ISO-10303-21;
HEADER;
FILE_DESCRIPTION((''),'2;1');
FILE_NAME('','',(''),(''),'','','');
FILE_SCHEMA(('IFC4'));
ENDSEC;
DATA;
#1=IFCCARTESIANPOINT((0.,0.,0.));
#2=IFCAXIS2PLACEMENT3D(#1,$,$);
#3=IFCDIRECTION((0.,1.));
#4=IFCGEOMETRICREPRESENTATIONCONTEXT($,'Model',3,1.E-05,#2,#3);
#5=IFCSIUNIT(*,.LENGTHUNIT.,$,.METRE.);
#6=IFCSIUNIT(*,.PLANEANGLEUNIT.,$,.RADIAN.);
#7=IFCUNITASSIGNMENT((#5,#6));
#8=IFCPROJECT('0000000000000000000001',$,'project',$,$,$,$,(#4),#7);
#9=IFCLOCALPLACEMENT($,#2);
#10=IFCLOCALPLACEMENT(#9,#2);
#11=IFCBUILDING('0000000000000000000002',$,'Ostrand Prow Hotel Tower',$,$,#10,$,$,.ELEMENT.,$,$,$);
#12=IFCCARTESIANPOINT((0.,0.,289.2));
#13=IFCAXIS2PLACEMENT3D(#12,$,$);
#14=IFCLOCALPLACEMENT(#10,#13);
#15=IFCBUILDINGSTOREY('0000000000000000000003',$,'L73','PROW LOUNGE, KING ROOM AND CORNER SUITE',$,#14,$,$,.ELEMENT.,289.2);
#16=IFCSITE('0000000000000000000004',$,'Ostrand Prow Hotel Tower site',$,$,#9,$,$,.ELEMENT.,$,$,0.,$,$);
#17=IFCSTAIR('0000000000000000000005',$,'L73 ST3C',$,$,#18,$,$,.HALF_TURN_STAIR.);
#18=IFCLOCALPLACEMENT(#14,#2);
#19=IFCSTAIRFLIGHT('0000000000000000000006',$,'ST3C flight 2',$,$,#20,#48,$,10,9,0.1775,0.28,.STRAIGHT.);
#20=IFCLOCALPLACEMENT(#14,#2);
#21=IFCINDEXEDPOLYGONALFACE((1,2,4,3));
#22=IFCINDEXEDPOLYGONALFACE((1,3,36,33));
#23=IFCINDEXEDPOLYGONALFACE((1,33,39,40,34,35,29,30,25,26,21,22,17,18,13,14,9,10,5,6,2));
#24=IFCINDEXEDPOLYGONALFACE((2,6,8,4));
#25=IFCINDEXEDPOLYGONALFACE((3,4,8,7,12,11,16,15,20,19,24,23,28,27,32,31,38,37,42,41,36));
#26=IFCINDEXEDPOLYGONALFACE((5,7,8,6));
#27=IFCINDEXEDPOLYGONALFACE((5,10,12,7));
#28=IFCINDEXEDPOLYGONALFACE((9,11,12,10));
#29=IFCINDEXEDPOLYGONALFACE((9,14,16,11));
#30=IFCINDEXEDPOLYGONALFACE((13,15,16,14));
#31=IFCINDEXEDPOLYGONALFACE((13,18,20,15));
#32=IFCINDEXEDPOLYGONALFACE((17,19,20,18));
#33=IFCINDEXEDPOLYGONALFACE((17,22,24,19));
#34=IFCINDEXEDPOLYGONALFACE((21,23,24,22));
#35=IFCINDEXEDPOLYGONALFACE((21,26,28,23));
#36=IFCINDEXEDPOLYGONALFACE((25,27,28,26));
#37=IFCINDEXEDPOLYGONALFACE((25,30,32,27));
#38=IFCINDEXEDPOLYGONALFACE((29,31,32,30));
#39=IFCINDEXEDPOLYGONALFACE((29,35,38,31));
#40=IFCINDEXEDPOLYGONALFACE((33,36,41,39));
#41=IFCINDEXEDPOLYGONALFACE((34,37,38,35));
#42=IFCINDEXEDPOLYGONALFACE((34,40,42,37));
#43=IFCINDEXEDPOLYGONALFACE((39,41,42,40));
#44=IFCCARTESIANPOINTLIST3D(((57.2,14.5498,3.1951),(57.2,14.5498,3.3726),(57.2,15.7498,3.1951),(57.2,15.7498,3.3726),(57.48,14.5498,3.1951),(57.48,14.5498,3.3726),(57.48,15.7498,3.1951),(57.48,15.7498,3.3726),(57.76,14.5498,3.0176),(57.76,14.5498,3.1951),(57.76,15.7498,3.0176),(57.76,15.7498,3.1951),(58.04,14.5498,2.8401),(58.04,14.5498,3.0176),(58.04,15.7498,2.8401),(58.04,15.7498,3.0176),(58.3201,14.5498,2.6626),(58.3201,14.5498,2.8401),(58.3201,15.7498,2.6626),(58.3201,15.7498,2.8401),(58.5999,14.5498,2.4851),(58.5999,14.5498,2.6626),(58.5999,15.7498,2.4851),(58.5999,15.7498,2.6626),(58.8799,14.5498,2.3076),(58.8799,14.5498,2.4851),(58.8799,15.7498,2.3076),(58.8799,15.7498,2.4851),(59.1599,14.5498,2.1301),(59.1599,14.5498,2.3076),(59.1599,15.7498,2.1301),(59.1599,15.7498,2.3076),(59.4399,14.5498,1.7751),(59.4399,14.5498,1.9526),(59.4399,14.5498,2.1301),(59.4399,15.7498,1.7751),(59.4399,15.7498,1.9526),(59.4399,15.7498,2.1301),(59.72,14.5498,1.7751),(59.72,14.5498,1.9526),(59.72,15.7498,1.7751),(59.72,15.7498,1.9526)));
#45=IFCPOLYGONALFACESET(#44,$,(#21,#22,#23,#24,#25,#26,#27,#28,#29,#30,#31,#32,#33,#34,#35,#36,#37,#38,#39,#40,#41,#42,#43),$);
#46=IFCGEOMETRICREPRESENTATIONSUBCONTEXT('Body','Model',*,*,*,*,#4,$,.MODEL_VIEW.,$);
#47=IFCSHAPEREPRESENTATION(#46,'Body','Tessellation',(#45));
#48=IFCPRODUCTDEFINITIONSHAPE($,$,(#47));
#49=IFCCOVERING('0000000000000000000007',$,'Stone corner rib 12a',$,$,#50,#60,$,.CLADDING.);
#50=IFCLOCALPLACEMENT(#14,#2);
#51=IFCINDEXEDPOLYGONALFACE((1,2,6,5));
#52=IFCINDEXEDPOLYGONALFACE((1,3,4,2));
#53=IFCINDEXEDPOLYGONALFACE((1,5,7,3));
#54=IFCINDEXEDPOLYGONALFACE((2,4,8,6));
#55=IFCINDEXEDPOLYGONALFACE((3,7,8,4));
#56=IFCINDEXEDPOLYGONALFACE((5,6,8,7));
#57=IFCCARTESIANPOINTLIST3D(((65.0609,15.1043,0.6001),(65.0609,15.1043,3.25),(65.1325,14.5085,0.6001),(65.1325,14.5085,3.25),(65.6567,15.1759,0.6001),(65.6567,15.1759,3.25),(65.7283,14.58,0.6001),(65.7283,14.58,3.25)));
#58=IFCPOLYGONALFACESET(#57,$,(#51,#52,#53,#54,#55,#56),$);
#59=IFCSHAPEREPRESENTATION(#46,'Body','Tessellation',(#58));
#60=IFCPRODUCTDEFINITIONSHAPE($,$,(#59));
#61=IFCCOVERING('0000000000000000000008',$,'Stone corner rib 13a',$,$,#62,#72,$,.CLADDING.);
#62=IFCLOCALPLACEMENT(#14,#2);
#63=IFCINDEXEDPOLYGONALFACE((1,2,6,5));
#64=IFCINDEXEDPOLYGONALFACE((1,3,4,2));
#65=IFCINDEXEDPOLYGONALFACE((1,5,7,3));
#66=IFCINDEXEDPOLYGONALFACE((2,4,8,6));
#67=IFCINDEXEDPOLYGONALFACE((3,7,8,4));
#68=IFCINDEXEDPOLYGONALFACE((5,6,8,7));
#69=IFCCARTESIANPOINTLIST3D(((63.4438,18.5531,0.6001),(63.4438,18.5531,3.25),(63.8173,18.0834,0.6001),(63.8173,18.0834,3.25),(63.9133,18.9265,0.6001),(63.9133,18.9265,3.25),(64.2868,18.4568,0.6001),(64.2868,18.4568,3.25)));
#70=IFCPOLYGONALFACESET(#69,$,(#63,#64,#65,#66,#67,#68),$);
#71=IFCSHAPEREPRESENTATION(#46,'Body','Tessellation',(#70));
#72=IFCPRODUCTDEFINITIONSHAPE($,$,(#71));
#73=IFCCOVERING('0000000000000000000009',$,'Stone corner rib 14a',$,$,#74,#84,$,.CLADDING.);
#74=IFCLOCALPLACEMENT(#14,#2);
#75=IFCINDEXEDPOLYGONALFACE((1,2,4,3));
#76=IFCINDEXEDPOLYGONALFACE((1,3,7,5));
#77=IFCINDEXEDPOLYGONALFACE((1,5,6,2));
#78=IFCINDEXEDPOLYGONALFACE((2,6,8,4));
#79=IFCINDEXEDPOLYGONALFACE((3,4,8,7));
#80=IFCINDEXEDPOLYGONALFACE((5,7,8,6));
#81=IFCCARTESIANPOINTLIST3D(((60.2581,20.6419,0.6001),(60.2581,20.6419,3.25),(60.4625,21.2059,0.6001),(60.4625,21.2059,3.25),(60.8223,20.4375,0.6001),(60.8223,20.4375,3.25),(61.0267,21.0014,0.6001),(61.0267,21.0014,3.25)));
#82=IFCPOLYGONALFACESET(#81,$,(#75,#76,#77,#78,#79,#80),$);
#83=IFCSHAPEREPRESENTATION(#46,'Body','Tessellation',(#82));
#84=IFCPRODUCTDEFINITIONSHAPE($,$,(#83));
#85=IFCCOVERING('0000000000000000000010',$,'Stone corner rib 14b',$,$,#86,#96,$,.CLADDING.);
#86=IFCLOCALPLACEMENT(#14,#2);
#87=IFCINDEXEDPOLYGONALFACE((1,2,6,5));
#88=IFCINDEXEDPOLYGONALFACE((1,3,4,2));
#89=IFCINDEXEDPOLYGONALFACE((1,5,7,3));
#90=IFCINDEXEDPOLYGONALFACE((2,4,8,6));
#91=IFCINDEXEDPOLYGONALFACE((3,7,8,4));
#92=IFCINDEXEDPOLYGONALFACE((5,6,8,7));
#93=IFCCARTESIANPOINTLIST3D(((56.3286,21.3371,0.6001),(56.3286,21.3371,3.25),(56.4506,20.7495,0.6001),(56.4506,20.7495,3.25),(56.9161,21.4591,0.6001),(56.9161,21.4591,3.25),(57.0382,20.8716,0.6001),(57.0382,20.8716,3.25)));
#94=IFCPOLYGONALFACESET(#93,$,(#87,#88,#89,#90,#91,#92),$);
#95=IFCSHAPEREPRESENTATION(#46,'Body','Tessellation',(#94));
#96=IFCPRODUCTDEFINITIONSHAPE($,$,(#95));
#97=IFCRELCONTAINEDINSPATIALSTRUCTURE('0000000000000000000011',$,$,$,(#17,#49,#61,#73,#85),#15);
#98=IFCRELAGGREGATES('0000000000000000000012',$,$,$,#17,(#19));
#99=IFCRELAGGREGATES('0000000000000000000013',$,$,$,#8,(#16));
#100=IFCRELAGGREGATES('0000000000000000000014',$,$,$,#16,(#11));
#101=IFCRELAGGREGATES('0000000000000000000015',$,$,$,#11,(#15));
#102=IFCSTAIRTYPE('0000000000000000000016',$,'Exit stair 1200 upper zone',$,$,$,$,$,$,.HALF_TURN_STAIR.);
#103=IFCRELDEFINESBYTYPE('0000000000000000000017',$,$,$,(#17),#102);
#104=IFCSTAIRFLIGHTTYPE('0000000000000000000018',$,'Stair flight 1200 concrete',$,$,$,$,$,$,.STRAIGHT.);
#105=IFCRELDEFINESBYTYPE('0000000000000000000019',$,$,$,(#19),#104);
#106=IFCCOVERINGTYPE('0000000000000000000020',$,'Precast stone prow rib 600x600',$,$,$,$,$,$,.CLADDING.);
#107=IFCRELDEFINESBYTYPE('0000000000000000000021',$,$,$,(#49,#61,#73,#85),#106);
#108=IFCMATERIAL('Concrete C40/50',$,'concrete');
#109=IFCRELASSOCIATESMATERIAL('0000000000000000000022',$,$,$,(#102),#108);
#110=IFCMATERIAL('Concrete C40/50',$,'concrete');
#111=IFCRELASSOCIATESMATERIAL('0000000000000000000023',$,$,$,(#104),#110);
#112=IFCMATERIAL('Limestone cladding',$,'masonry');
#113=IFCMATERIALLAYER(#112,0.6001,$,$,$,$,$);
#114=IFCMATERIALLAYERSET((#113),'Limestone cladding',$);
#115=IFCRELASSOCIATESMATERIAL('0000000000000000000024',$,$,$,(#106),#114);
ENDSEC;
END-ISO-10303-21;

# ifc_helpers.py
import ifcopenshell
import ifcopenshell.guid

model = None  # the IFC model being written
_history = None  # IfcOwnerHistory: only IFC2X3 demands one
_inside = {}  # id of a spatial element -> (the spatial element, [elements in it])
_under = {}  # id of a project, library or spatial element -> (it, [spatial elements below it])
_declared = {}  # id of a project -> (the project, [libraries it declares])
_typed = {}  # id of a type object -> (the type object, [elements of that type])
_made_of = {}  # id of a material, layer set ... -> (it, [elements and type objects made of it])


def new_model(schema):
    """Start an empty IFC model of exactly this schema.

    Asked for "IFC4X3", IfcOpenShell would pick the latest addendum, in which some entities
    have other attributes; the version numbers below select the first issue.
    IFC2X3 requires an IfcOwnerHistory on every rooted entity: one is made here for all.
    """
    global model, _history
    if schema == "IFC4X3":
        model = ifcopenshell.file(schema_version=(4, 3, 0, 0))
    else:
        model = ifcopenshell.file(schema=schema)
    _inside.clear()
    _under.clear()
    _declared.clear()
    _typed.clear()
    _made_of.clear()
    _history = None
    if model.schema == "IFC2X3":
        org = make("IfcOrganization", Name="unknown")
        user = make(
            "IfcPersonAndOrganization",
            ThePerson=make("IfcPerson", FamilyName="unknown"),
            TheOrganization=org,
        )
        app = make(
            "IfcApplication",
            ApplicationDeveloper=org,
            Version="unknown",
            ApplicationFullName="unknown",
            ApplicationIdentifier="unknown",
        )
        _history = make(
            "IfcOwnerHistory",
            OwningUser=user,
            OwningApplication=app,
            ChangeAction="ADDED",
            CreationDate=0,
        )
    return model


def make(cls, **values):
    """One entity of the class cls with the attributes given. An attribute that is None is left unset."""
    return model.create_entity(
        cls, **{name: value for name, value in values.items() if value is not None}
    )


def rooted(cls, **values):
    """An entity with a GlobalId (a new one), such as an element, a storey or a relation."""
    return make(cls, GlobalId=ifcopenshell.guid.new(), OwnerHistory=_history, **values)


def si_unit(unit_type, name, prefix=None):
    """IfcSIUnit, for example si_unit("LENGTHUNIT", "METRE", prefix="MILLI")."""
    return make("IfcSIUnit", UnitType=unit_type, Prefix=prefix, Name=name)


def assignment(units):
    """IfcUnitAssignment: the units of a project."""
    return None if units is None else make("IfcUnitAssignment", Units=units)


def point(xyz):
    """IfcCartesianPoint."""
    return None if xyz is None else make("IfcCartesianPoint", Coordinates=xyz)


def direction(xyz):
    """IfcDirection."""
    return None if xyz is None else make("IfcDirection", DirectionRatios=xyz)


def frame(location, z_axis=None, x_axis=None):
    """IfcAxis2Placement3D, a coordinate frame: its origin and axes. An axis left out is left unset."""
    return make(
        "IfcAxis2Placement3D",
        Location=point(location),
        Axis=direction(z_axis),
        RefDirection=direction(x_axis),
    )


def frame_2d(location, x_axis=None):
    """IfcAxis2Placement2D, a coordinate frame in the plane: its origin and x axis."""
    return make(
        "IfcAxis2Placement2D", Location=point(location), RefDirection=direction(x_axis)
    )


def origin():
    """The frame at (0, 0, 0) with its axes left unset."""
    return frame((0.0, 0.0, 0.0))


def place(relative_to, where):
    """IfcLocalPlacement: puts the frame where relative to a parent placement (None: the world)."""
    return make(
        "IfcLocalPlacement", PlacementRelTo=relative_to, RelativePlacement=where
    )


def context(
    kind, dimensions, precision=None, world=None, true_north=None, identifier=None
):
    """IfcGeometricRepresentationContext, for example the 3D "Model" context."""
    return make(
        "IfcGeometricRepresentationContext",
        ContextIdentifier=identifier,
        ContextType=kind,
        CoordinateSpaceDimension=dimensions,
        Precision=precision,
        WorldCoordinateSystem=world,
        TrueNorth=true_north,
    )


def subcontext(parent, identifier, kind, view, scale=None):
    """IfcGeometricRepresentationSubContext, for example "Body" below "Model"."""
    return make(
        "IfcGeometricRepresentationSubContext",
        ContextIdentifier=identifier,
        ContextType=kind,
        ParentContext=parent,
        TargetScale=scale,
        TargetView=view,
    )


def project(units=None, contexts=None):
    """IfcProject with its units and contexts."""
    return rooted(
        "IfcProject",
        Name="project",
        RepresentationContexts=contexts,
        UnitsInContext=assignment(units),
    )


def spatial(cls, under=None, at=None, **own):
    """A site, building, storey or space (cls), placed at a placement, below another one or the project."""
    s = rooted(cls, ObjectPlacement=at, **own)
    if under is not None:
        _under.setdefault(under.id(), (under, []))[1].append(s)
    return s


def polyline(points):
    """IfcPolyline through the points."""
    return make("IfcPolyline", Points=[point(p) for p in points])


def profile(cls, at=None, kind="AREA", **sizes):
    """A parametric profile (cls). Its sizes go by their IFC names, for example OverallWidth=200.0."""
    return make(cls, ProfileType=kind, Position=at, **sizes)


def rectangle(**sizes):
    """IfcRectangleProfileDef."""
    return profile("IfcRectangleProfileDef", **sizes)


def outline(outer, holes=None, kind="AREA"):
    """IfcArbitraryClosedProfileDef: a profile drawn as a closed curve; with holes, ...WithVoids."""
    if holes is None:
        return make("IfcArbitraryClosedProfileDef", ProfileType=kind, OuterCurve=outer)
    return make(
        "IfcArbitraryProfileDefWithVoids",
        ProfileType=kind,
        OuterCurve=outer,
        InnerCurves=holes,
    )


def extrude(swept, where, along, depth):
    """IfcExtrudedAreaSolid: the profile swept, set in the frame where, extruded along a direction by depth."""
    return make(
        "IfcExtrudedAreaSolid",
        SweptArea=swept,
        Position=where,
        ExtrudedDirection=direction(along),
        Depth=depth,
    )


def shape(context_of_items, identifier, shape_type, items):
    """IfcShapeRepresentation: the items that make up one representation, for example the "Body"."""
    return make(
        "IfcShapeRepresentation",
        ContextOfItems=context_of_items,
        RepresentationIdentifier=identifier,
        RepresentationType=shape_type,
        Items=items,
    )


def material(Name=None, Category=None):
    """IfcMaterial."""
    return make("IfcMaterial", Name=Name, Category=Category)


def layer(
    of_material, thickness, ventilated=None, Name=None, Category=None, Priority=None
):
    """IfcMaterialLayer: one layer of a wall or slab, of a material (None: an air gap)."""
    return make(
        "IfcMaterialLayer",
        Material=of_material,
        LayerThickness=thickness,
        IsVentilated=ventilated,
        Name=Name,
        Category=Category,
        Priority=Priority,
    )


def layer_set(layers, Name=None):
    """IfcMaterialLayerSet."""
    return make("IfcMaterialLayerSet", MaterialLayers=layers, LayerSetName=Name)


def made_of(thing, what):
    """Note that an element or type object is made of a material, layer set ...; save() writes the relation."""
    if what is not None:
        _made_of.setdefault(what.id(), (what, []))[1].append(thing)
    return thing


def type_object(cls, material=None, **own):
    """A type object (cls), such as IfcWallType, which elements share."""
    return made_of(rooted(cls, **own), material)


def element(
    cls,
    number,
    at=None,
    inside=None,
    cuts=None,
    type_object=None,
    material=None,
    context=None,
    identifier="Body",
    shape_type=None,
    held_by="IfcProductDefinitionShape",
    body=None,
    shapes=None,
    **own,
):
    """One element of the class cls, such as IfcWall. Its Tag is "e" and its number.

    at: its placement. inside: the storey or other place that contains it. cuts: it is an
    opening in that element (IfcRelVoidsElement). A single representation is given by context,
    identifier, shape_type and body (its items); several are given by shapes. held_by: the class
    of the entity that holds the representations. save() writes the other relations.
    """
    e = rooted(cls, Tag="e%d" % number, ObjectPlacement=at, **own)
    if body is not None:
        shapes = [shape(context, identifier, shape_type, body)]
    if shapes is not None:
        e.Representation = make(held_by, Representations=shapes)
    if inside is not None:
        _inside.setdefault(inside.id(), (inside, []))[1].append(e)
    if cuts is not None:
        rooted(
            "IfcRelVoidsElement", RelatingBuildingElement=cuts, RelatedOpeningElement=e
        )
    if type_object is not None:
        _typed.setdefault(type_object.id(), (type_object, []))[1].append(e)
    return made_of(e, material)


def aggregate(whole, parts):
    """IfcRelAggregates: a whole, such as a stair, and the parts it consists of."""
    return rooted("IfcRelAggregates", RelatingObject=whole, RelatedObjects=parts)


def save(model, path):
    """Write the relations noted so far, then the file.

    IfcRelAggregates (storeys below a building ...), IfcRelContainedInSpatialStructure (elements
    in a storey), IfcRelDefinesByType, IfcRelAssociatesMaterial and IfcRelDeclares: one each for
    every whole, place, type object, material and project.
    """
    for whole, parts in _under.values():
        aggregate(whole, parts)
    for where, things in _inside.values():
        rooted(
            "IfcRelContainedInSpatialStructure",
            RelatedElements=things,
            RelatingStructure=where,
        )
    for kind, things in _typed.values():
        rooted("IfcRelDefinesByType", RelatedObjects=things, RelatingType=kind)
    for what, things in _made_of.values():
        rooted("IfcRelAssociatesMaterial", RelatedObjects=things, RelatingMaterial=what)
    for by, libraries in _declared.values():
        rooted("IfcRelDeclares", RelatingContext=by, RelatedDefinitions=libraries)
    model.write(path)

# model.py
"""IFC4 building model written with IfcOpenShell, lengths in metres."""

from ifc_helpers import new_model, si_unit, direction, frame, frame_2d, origin, place, context, subcontext, project, spatial, polyline, rectangle, outline, extrude, material, layer, layer_set, type_object, element, aggregate, save


model = new_model("IFC4")

# Units and contexts
model_context = context("Model", 3, precision=1e-05, world=origin(), true_north=direction((0.0, 1.0)))
body_context = subcontext(model_context, "Body", "Model", "MODEL_VIEW")
ifc_project = project(units=[si_unit("LENGTHUNIT", "METRE"), si_unit("PLANEANGLEUNIT", "RADIAN")], contexts=[model_context])

# Site, building, storey
site_placement = place(None, origin())
site = spatial("IfcSite", under=ifc_project, at=site_placement, Name="Ostrand Prow Hotel Tower site", CompositionType="ELEMENT", RefElevation=0.0)
building_placement = place(site_placement, origin())
building = spatial("IfcBuilding", under=site, at=building_placement, Name="Ostrand Prow Hotel Tower", CompositionType="ELEMENT")
storey_placement = place(building_placement, frame((0.0, 0.0, 289.2)))
storey = spatial("IfcBuildingStorey", under=building, at=storey_placement, Name="L73", Description="PROW LOUNGE, KING ROOM AND CORNER SUITE", CompositionType="ELEMENT", Elevation=289.2)

# Stair, stair flight
ifc_material_1 = material(Name="Concrete C40/50", Category="concrete")
stair_type = type_object("IfcStairType", Name="Exit stair 1200 upper zone", PredefinedType="HALF_TURN_STAIR", material=ifc_material_1)
ifc_material_2 = material(Name="Concrete C40/50", Category="concrete")
stair_flight_type = type_object("IfcStairFlightType", Name="Stair flight 1200 concrete", PredefinedType="STRAIGHT", material=ifc_material_2)
stair_1_placement = place(storey_placement, origin())
stair_1 = element("IfcStair", 1, at=stair_1_placement, inside=storey, type_object=stair_type, Name="L73 ST3C", PredefinedType="HALF_TURN_STAIR")
stair_flight_1_placement = place(storey_placement, frame((59.72, 15.1499, 1.7751), z_axis=(0.0, 0.0, 1.0), x_axis=(-1.0, 0.0, 0.0)))
stair_flight_1 = element("IfcStairFlight", 2, at=stair_flight_1_placement, type_object=stair_flight_type, Name="ST3C flight 2", NumberOfRisers=10, NumberOfTreads=9, PredefinedType="STRAIGHT", RiserHeight=0.1775, TreadLength=0.28, context=body_context, shape_type="SweptSolid", body=[
    extrude(outline(polyline([(0.0, 0.0), (0.0, 0.1775), (0.28, 0.1775), (0.28, 0.355), (0.5601, 0.355), (0.5601, 0.5325), (0.8401, 0.5325), (0.8401, 0.71), (1.1201, 0.71), (1.1201, 0.8875), (1.3999, 0.8875), (1.3999, 1.0649), (1.6799, 1.0649), (1.6799, 1.2424), (1.96, 1.2424), (1.96, 1.4199), (2.24, 1.4199), (2.24, 1.5974), (2.52, 1.5974), (2.52, 1.7749), (2.52, 1.4199), (0.28, 0.0), (0.0, 0.0)])), frame((0.0, 0.6001, 0.0), z_axis=(0.0, -1.0, 0.0), x_axis=(1.0, 0.0, 0.0)), (0.0, 0.0, 1.0), 1.2),
])
aggregate(stair_1, [stair_flight_1])

# Coverings
ifc_material_3 = material(Name="Limestone cladding", Category="masonry")
ifc_layer_1 = layer(ifc_material_3, 0.6001)
ifc_layer_set_1 = layer_set([ifc_layer_1], Name="Limestone cladding")
covering_type = type_object("IfcCoveringType", Name="Precast stone prow rib 600x600", PredefinedType="CLADDING", material=ifc_layer_set_1)
covering_1_placement = place(storey_placement, frame((65.0967, 14.8064, 0.6001), z_axis=(0.0, 0.0, 1.0), x_axis=(0.992867, 0.119225, 0.0)))
element("IfcCovering", 3, at=covering_1_placement, inside=storey, type_object=covering_type, Name="Stone corner rib 12a", PredefinedType="CLADDING", context=body_context, shape_type="SweptSolid", body=[
    extrude(rectangle(XDim=0.6001, YDim=0.6001, at=frame_2d((0.3, 0.0))), origin(), (0.0, 0.0, 1.0), 2.6499),
])
for number, where, z_axis, x_axis, name in (
    (4, (63.6306, 18.3184, 0.6001), (0.0, 0.0, 1.0), (0.782732, 0.622359, 0.0), "Stone corner rib 13a"),
    (5, (60.5403, 20.5398, 0.6001), (0.0, 0.0, 1.0), (0.340664, 0.940185, 0.0), "Stone corner rib 14a"),
):
    element("IfcCovering", number, at=place(storey_placement, frame(where, z_axis=z_axis, x_axis=x_axis)), inside=storey, type_object=covering_type, Name=name, PredefinedType="CLADDING", context=body_context, shape_type="SweptSolid", body=[
        extrude(rectangle(XDim=0.5999, YDim=0.6001, at=frame_2d((0.2998, 0.0))), origin(), (0.0, 0.0, 1.0), 2.6499),
    ])
covering_2_placement = place(storey_placement, frame((56.7444, 20.8105, 0.6001), z_axis=(0.0, 0.0, 1.0), x_axis=(-0.203386, 0.979099, 0.0)))
element("IfcCovering", 6, at=covering_2_placement, inside=storey, type_object=covering_type, Name="Stone corner rib 14b", PredefinedType="CLADDING", context=body_context, shape_type="SweptSolid", body=[
    extrude(rectangle(XDim=0.6001, YDim=0.6001, at=frame_2d((0.3, 0.0))), origin(), (0.0, 0.0, 1.0), 2.6499),
])

save(model, "model.ifc")
